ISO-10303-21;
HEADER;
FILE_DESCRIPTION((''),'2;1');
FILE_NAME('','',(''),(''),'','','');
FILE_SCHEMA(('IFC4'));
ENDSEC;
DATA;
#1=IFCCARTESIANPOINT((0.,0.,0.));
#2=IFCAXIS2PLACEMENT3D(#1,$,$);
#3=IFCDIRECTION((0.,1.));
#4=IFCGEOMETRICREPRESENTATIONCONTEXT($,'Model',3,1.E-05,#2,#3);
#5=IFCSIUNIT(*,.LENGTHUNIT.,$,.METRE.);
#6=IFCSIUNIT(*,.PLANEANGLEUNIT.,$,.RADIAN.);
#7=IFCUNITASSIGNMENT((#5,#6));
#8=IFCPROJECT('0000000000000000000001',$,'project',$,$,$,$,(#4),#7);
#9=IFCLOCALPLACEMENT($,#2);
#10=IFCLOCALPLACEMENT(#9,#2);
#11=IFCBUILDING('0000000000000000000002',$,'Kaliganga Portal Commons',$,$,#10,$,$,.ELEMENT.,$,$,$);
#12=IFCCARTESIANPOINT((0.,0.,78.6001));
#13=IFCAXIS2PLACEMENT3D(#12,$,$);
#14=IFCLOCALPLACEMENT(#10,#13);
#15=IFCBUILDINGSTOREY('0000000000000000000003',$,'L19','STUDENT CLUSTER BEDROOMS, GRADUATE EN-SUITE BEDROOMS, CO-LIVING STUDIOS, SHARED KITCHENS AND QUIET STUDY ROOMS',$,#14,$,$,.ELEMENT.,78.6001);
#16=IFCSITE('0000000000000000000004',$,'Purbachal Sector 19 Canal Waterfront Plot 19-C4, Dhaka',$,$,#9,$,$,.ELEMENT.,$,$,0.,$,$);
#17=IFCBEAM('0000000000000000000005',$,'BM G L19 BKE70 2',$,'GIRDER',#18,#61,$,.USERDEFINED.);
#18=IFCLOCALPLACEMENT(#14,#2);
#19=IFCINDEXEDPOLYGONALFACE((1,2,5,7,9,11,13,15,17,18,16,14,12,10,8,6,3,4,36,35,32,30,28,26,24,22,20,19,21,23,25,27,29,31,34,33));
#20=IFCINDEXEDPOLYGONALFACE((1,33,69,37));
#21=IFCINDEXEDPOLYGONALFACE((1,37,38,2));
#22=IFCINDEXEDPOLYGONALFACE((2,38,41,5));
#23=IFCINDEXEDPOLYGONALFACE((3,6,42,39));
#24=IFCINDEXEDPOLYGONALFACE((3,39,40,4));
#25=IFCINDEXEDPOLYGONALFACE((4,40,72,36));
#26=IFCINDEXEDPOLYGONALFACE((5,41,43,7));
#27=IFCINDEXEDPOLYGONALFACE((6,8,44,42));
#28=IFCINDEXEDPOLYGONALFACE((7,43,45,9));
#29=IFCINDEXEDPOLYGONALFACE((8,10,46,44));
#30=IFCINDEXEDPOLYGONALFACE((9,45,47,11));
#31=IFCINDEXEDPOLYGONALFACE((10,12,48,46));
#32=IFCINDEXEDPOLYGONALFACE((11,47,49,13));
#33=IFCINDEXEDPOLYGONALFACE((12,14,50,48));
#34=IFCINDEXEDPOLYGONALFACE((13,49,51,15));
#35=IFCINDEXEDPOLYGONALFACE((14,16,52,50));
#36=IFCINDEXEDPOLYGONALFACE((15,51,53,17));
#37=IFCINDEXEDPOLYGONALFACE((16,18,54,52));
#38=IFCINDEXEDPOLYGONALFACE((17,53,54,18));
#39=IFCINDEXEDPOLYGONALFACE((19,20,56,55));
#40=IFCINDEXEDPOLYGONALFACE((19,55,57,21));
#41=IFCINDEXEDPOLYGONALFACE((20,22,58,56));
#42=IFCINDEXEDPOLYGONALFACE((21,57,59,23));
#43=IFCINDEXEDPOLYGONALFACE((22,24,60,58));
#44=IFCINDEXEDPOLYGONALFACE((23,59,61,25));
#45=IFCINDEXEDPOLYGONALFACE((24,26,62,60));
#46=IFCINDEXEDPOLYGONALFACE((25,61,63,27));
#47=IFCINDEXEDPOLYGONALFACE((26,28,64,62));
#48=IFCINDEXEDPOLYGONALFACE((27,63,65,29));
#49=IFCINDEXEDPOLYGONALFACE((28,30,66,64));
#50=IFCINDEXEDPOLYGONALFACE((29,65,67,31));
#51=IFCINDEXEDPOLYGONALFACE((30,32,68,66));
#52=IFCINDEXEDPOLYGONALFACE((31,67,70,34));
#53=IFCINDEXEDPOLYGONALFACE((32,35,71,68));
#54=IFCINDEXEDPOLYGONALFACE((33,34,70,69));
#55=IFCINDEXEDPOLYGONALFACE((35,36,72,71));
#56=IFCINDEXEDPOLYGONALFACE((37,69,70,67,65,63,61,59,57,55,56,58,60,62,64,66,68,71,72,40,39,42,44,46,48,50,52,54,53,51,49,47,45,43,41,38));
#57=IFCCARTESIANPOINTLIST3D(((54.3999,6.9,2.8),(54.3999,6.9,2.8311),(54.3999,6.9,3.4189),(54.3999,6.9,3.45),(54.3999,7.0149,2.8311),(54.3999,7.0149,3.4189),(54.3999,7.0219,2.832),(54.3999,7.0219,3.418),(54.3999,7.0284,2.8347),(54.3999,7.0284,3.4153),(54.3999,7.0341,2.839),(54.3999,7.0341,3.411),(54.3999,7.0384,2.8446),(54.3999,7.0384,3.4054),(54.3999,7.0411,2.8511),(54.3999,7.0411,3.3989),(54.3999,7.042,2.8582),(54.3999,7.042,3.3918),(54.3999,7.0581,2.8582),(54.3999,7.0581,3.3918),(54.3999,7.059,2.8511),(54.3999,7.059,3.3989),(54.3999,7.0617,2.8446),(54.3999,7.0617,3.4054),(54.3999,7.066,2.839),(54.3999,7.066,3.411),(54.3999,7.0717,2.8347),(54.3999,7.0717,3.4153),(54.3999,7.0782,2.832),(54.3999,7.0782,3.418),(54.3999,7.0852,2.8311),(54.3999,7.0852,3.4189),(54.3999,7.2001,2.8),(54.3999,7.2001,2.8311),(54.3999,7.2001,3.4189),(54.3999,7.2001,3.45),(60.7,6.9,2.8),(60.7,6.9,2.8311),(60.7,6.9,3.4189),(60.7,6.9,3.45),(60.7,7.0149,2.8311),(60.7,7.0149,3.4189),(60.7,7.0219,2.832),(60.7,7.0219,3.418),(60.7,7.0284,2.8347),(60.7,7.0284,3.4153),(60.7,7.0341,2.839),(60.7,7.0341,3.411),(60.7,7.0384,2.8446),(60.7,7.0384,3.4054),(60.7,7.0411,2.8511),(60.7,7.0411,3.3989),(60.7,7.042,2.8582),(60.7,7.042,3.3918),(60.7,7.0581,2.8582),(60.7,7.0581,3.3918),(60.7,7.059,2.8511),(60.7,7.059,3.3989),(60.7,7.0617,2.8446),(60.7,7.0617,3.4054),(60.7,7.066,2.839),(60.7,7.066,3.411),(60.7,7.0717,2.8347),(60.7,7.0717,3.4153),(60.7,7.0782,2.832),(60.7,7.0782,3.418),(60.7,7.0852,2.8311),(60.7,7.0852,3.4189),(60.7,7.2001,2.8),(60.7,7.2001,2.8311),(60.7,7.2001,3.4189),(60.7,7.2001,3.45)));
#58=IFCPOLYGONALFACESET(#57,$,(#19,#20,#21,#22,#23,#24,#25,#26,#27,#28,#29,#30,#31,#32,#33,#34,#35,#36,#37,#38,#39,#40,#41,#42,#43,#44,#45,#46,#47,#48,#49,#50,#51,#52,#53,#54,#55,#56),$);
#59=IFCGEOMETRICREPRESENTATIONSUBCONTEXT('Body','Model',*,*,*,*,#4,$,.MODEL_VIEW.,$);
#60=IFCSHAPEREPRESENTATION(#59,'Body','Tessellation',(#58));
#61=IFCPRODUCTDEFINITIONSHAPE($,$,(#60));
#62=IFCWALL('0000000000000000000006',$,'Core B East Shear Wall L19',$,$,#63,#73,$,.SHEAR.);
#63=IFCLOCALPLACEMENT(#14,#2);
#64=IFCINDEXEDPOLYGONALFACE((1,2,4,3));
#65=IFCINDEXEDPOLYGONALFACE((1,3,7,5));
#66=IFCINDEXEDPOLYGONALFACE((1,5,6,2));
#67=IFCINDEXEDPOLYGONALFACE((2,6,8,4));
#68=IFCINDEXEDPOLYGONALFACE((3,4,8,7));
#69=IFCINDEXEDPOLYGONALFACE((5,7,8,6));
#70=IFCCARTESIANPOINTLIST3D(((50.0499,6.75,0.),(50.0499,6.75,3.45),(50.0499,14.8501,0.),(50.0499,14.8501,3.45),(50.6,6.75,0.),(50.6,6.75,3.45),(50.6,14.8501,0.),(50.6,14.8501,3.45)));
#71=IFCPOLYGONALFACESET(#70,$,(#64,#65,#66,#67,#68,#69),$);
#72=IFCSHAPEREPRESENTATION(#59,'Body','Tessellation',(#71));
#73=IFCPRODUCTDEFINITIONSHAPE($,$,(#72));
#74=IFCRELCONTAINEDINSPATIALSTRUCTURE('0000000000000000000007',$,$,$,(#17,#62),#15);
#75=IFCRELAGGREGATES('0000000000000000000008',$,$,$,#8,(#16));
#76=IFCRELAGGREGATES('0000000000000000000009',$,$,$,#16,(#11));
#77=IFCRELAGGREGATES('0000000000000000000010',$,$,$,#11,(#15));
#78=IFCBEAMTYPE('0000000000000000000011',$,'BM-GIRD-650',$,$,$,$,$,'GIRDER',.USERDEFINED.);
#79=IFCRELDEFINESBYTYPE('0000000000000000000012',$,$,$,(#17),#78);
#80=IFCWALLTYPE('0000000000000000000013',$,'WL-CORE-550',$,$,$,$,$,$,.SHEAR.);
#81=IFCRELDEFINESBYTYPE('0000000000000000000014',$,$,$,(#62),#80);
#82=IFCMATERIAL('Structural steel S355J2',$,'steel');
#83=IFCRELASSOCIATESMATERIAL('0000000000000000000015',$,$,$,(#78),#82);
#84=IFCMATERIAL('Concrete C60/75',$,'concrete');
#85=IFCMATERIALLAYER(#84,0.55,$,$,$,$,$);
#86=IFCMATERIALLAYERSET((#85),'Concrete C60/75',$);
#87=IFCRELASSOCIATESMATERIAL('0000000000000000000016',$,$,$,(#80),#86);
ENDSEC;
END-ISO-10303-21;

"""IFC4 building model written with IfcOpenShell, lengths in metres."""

from ifc_helpers import new_model, si_unit, direction, frame, frame_2d, origin, origin_2d, place, context, subcontext, project, spatial, rectangle, i_section, extrude, source, transform, mapped, material, layer, layer_set, material_profile, profile_set, type_object, element, save


model = new_model("IFC4")

# Units and contexts
model_context = context("Model", 3, precision=1e-05, world=origin(), true_north=direction((0.0, 1.0)))
body_context = subcontext(model_context, "Body", "Model", "MODEL_VIEW")
ifc_project = project(units=[si_unit("LENGTHUNIT", "METRE"), si_unit("PLANEANGLEUNIT", "RADIAN")], contexts=[model_context])

# Site, building, storey
site_placement = place(None, origin())
site = spatial("IfcSite", under=ifc_project, at=site_placement, Name="Purbachal Sector 19 Canal Waterfront Plot 19-C4, Dhaka", CompositionType="ELEMENT", RefElevation=0.0)
building_placement = place(site_placement, origin())
building = spatial("IfcBuilding", under=site, at=building_placement, Name="Kaliganga Portal Commons", CompositionType="ELEMENT")
storey_placement = place(building_placement, frame((0.0, 0.0, 78.6001)))
storey = spatial("IfcBuildingStorey", under=building, at=storey_placement, Name="L19", Description="STUDENT CLUSTER BEDROOMS, GRADUATE EN-SUITE BEDROOMS, CO-LIVING STUDIOS, SHARED KITCHENS AND QUIET STUDY ROOMS", CompositionType="ELEMENT", Elevation=78.6001)

# Shared definitions
ifc_material_1 = material(Name="Concrete C60/75", Category="concrete")

# Beam
ifc_material_2 = material(Name="Structural steel S355J2", Category="steel")
ifc_material_profile_1 = material_profile(ifc_material_2, i_section(OverallWidth=0.3, OverallDepth=0.6499, WebThickness=0.0161, FlangeThickness=0.031, FilletRadius=0.0271, at=origin_2d()), Name="HE 650 B")
ifc_profile_set_1 = profile_set([ifc_material_profile_1], Name="Structural steel S355J2 wide-flange")
beam_type_1 = type_object("IfcBeamType", Name="BM-GIRD-650", ElementType="GIRDER", PredefinedType="USERDEFINED", material=ifc_profile_set_1)
shared_shape_1 = source(origin(), body_context, "Body", "SweptSolid", [
    extrude(i_section(OverallWidth=0.3, OverallDepth=0.6499, WebThickness=0.0161, FlangeThickness=0.031, FilletRadius=0.0271, at=origin_2d()), origin(), (0.0, 0.0, 1.0), 6.3),
])
beam_1_placement = place(storey_placement, frame((54.3999, 7.05, 3.125), z_axis=(1.0, 0.0, 0.0), x_axis=(0.0, 1.0, 0.0)))
element("IfcBeam", 1, at=beam_1_placement, inside=storey, type_object=beam_type_1, Name="BM G L19 BKE70 2", ObjectType="GIRDER", PredefinedType="USERDEFINED", context=body_context, shape_type="MappedRepresentation", body=[
    mapped(shared_shape_1, transform((0.0, 0.0, 0.0), x_axis=(1.0, 0.0, 0.0), y_axis=(0.0, 1.0, 0.0), z_axis=(0.0, 0.0, 1.0), scale=1.0)),
])

# Wall
ifc_layer_1 = layer(ifc_material_1, 0.55)
ifc_layer_set_1 = layer_set([ifc_layer_1], Name="Concrete C60/75")
wall_type_1 = type_object("IfcWallType", Name="WL-CORE-550", PredefinedType="SHEAR", material=ifc_layer_set_1)
wall_1_placement = place(storey_placement, frame((50.325, 6.75, 0.0), z_axis=(0.0, 0.0, 1.0), x_axis=(0.0, 1.0, 0.0)))
element("IfcWall", 2, at=wall_1_placement, inside=storey, type_object=wall_type_1, Name="Core B East Shear Wall L19", PredefinedType="SHEAR", context=body_context, shape_type="SweptSolid", body=[
    extrude(rectangle(XDim=8.1001, YDim=0.55, at=frame_2d((4.05, 0.0))), origin(), (0.0, 0.0, 1.0), 3.45),
])

save(model, "model.ifc")
